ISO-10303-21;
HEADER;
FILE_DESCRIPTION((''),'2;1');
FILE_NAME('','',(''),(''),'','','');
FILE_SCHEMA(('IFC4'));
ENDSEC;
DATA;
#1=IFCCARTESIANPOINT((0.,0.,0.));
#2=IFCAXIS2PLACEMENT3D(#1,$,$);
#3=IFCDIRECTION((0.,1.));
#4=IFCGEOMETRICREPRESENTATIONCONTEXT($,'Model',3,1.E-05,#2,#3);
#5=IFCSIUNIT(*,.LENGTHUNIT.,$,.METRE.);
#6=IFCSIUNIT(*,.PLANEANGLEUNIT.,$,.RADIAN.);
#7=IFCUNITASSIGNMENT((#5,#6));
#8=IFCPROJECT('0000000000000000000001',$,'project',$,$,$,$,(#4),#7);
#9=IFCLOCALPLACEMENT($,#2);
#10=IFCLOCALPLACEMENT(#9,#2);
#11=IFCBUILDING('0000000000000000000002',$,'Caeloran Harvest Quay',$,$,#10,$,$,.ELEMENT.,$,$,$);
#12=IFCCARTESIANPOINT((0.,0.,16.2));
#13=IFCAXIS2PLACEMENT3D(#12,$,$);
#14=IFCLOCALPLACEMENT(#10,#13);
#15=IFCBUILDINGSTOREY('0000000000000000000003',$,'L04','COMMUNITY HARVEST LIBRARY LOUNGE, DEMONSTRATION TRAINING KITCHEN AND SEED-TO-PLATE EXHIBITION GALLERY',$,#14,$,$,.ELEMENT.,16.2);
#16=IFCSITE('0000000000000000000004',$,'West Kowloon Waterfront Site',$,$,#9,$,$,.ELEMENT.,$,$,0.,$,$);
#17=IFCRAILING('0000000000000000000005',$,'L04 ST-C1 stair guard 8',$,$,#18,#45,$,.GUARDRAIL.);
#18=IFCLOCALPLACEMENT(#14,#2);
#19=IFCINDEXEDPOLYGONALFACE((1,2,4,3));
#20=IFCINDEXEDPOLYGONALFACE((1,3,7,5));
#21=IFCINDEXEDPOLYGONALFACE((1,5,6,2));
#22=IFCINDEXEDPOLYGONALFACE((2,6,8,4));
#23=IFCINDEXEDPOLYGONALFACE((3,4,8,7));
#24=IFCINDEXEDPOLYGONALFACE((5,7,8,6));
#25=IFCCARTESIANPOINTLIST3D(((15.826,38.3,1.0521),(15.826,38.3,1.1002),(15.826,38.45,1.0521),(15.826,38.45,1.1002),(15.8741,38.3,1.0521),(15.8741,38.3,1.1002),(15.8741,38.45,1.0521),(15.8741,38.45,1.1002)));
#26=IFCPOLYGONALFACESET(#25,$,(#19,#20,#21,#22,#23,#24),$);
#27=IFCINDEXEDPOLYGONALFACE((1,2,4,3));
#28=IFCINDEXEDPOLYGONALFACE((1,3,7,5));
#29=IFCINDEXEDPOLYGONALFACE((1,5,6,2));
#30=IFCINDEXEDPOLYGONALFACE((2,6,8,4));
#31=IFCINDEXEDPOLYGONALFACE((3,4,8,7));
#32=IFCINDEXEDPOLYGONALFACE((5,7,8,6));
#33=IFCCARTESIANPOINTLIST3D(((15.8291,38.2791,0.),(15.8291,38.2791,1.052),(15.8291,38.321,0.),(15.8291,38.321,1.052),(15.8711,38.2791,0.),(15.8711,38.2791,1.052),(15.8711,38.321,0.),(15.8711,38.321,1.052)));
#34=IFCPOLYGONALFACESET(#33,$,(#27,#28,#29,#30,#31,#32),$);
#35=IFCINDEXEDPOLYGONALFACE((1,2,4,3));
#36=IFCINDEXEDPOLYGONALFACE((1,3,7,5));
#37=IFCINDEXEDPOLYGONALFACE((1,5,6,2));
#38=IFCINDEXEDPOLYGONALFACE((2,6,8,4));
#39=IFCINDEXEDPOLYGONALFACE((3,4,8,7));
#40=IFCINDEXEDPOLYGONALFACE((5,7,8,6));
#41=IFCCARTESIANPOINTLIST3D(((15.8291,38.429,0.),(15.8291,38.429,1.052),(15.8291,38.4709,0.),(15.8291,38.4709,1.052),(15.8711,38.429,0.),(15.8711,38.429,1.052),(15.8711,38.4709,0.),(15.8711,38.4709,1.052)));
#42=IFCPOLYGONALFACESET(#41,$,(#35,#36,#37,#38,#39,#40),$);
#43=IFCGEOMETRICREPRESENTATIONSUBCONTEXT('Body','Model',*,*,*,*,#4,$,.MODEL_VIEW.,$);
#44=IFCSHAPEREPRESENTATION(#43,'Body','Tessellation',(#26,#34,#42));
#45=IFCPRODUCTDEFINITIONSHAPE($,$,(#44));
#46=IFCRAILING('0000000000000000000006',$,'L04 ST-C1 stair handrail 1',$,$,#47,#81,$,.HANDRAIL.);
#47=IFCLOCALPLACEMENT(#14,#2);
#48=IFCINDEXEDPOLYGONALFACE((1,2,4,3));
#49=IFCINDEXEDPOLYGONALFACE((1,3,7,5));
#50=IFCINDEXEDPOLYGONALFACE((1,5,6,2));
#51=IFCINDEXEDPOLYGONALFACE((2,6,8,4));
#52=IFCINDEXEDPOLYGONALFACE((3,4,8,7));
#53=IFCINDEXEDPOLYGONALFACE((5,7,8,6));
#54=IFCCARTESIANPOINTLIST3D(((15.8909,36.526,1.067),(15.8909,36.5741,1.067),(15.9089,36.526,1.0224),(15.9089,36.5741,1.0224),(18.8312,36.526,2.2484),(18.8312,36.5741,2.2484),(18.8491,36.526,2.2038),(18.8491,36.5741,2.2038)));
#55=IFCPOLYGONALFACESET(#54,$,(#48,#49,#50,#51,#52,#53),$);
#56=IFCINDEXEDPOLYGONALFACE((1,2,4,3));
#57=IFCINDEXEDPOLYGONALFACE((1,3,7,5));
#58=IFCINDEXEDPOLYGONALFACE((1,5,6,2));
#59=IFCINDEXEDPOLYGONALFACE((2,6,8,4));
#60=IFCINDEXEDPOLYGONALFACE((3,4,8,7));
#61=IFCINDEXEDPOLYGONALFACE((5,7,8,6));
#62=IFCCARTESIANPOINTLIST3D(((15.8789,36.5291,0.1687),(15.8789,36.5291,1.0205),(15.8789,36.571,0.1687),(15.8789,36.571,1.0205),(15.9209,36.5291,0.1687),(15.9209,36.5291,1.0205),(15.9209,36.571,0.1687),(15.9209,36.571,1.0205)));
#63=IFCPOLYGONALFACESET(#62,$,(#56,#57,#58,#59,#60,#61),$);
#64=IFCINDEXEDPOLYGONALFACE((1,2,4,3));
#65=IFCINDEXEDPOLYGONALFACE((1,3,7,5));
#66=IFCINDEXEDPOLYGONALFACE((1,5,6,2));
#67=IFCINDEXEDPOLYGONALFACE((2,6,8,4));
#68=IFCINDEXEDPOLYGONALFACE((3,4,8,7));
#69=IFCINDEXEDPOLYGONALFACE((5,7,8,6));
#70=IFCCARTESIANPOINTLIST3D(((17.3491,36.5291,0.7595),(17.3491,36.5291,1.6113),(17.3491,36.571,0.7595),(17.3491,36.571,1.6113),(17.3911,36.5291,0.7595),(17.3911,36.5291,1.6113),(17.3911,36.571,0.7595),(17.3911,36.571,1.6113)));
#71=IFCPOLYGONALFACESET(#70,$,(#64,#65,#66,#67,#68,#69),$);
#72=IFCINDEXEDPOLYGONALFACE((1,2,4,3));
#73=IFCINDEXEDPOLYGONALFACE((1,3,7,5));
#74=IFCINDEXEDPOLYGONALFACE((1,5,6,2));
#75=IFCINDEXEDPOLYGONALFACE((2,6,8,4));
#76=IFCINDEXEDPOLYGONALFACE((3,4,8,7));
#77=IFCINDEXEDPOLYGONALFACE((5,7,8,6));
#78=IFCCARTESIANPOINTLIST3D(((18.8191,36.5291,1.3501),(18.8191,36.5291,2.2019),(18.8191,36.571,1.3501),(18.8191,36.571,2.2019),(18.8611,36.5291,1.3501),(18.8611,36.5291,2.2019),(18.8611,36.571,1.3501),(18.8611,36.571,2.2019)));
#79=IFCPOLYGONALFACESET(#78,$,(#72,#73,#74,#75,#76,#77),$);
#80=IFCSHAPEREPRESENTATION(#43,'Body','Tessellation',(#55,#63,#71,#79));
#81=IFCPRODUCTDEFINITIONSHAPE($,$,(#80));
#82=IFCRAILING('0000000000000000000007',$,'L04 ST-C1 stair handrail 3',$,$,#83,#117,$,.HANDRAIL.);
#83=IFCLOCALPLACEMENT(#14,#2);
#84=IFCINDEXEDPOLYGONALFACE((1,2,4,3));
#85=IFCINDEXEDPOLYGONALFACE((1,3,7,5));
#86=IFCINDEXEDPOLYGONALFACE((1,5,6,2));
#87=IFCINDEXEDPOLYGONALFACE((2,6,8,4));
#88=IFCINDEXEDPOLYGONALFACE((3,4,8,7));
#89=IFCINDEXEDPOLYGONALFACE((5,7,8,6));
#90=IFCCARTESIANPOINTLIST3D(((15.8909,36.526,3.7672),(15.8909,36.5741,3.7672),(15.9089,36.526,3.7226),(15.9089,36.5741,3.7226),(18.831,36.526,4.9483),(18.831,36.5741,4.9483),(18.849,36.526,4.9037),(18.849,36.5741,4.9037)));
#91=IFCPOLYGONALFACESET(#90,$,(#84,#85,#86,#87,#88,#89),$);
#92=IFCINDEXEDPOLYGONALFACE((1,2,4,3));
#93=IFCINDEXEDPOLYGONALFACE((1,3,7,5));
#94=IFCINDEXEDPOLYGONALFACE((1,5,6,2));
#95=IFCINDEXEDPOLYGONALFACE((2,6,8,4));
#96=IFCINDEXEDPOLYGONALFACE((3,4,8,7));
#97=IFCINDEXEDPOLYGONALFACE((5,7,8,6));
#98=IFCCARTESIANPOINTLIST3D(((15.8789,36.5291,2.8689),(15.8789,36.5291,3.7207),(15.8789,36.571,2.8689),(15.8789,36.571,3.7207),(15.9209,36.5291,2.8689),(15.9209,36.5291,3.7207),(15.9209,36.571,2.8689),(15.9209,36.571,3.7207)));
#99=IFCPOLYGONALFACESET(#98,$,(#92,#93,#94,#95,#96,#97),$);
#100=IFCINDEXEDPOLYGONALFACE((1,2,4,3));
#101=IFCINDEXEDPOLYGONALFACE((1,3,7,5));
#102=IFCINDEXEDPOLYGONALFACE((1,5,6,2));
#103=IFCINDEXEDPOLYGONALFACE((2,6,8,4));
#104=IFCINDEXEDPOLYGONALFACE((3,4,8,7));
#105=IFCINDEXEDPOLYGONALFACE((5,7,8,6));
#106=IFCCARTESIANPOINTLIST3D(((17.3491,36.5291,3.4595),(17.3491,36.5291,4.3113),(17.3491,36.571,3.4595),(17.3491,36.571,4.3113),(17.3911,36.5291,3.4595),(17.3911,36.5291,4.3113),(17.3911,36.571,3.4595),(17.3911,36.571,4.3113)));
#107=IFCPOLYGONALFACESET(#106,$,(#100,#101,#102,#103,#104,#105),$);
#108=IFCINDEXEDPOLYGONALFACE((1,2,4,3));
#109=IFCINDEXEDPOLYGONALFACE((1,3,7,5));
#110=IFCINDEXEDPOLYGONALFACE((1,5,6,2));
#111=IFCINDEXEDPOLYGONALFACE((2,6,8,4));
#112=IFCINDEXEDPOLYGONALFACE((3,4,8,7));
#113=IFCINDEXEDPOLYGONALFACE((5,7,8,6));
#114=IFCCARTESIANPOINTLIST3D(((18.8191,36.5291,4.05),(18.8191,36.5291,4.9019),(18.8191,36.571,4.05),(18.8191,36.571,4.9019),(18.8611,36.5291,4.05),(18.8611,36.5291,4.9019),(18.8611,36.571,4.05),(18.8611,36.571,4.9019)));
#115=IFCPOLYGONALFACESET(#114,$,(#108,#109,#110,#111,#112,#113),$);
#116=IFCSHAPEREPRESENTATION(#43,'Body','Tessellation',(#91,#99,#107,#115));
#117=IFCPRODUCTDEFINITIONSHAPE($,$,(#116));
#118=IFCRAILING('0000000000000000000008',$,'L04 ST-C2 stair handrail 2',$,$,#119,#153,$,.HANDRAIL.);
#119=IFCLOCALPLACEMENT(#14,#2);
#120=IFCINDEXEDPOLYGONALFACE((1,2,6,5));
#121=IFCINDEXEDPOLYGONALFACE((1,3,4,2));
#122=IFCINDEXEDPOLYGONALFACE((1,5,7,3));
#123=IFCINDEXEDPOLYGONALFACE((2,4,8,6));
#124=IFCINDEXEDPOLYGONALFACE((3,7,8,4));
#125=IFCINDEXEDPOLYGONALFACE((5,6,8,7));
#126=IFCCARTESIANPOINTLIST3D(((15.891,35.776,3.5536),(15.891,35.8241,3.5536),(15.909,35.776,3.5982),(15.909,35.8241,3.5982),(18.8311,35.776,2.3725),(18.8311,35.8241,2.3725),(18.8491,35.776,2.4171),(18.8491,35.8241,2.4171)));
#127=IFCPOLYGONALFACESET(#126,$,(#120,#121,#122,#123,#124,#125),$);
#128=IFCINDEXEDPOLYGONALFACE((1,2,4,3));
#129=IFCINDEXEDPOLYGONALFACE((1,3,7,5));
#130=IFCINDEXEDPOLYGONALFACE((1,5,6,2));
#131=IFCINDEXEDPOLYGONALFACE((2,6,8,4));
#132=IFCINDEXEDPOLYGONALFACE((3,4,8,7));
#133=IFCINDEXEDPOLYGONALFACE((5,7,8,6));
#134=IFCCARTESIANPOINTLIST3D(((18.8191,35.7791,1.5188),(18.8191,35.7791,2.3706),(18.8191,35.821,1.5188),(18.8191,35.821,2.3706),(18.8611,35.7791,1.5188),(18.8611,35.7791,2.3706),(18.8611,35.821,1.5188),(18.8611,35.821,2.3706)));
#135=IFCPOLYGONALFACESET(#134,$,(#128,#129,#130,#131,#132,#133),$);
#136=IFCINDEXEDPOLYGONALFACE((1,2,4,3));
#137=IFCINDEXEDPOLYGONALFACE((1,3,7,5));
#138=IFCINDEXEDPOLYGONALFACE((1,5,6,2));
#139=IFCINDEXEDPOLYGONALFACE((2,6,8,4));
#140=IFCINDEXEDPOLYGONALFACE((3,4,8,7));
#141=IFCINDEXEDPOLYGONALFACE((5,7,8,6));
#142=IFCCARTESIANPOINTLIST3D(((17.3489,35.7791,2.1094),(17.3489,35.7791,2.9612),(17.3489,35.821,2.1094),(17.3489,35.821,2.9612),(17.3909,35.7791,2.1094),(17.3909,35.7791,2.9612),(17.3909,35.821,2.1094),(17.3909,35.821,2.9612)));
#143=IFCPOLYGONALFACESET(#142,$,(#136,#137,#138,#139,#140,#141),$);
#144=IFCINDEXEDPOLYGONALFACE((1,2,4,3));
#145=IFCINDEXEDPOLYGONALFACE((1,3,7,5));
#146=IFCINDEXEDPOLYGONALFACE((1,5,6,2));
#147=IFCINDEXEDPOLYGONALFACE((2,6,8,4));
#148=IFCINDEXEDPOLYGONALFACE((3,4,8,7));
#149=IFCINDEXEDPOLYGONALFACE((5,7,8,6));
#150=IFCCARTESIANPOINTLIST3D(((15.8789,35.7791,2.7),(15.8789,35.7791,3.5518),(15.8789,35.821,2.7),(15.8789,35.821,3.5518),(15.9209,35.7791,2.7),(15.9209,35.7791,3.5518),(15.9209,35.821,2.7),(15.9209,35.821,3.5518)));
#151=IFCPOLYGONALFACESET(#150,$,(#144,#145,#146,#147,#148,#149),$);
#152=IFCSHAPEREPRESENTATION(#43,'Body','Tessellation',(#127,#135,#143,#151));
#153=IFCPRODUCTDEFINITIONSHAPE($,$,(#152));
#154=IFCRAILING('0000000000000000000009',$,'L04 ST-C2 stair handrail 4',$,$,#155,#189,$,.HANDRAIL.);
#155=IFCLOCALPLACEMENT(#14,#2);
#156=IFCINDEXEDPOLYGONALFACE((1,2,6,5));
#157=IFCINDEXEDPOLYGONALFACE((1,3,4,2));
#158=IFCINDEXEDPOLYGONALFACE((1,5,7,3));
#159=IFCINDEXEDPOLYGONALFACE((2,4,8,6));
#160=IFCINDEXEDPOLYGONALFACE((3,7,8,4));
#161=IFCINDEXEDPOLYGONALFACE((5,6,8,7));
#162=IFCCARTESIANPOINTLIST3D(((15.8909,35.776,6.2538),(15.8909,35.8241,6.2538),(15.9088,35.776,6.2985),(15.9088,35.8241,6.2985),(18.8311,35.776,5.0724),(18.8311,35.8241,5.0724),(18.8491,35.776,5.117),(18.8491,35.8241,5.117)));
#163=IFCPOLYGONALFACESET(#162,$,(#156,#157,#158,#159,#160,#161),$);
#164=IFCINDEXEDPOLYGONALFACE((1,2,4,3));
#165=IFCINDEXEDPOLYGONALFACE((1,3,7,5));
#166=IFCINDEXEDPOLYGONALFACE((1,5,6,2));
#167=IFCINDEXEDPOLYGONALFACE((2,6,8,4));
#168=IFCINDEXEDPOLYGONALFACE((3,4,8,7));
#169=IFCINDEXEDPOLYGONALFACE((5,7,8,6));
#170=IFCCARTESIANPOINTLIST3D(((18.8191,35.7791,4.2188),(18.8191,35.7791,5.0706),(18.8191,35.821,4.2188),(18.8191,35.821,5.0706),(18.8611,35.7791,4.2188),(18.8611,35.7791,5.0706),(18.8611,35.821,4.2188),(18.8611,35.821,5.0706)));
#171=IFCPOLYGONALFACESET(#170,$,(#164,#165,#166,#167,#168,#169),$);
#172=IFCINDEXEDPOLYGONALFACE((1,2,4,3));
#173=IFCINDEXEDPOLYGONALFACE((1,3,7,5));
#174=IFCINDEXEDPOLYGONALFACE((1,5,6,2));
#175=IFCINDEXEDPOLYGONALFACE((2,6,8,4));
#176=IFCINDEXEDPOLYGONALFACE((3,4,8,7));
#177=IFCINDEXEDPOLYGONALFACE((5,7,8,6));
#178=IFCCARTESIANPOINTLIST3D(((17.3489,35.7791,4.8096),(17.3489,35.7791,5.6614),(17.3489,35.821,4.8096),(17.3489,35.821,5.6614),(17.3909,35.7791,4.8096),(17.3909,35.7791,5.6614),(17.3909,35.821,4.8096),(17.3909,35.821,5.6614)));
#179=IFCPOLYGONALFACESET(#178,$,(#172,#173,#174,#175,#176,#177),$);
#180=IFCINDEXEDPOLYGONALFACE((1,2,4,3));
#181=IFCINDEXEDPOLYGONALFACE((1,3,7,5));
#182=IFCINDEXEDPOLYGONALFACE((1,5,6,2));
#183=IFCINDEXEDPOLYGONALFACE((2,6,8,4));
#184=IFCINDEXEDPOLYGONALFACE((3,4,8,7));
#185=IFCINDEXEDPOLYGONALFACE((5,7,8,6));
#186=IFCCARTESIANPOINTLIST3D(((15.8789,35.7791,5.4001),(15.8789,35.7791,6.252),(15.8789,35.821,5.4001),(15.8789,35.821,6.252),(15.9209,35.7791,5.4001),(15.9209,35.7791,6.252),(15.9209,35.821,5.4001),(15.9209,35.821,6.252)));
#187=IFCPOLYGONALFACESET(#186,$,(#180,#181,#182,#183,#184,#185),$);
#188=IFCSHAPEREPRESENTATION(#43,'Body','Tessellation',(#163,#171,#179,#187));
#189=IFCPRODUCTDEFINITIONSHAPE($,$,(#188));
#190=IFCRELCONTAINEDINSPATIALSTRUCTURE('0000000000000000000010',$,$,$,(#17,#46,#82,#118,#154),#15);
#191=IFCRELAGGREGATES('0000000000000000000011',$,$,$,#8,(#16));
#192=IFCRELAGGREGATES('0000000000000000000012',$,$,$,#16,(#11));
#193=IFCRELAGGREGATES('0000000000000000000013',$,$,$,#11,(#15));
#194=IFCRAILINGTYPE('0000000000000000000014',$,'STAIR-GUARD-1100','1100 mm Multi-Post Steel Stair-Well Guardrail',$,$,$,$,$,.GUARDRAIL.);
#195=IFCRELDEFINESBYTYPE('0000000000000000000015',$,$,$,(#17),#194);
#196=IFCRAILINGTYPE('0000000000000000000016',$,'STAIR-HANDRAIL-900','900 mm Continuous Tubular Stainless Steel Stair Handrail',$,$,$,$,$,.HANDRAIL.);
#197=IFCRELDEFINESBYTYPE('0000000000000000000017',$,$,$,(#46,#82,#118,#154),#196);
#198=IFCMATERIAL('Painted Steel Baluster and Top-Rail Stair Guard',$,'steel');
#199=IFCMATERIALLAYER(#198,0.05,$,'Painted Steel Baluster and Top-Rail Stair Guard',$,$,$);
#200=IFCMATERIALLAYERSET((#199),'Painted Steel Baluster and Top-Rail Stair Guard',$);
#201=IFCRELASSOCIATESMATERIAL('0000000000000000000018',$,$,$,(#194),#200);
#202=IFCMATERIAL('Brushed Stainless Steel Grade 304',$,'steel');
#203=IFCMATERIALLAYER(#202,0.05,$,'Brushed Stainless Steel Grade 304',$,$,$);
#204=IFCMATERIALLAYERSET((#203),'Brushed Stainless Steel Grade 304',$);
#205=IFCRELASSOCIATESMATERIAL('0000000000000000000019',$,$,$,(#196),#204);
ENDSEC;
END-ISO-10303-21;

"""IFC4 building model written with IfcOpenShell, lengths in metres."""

from ifc_helpers import new_model, si_unit, direction, frame, origin, origin_2d, place, context, subcontext, project, spatial, rectangle, extrude, material, layer, layer_set, type_object, element, save


model = new_model("IFC4")

# Units and contexts
model_context = context("Model", 3, precision=1e-05, world=origin(), true_north=direction((0.0, 1.0)))
body_context = subcontext(model_context, "Body", "Model", "MODEL_VIEW")
ifc_project = project(units=[si_unit("LENGTHUNIT", "METRE"), si_unit("PLANEANGLEUNIT", "RADIAN")], contexts=[model_context])

# Site, building, storey
site_placement = place(None, origin())
site = spatial("IfcSite", under=ifc_project, at=site_placement, Name="West Kowloon Waterfront Site", CompositionType="ELEMENT", RefElevation=0.0)
building_placement = place(site_placement, origin())
building = spatial("IfcBuilding", under=site, at=building_placement, Name="Caeloran Harvest Quay", CompositionType="ELEMENT")
storey_placement = place(building_placement, frame((0.0, 0.0, 16.2)))
storey = spatial("IfcBuildingStorey", under=building, at=storey_placement, Name="L04", Description="COMMUNITY HARVEST LIBRARY LOUNGE, DEMONSTRATION TRAINING KITCHEN AND SEED-TO-PLATE EXHIBITION GALLERY", CompositionType="ELEMENT", Elevation=16.2)

# Railings
ifc_material_1 = material(Name="Painted Steel Baluster and Top-Rail Stair Guard", Category="steel")
ifc_layer_1 = layer(ifc_material_1, 0.05, Name="Painted Steel Baluster and Top-Rail Stair Guard")
ifc_layer_set_1 = layer_set([ifc_layer_1], Name="Painted Steel Baluster and Top-Rail Stair Guard")
railing_type_1 = type_object("IfcRailingType", Name="STAIR-GUARD-1100", Description="1100 mm Multi-Post Steel Stair-Well Guardrail", PredefinedType="GUARDRAIL", material=ifc_layer_set_1)
railing_1_placement = place(storey_placement, frame((15.8501, 38.3, 0.0)))
element("IfcRailing", 1, at=railing_1_placement, inside=storey, type_object=railing_type_1, Name="L04 ST-C1 stair guard 8", PredefinedType="GUARDRAIL", context=body_context, shape_type="SweptSolid", body=[
    extrude(rectangle(XDim=0.0481, YDim=0.0481, at=origin_2d()), frame((0.0, 0.0, 1.0762), z_axis=(0.0, 1.0, 0.0), x_axis=(-1.0, 0.0, 0.0)), (0.0, 0.0, 1.0), 0.1499),
    extrude(rectangle(XDim=0.042, YDim=0.042, at=origin_2d()), origin(), (0.0, 0.0, 1.0), 1.052),
    extrude(rectangle(XDim=0.042, YDim=0.042, at=origin_2d()), frame((0.0, 0.1499, 0.0)), (0.0, 0.0, 1.0), 1.052),
])
ifc_material_2 = material(Name="Brushed Stainless Steel Grade 304", Category="steel")
ifc_layer_2 = layer(ifc_material_2, 0.05, Name="Brushed Stainless Steel Grade 304")
ifc_layer_set_2 = layer_set([ifc_layer_2], Name="Brushed Stainless Steel Grade 304")
railing_type_2 = type_object("IfcRailingType", Name="STAIR-HANDRAIL-900", Description="900 mm Continuous Tubular Stainless Steel Stair Handrail", PredefinedType="HANDRAIL", material=ifc_layer_set_2)
railing_2_placement = place(storey_placement, frame((15.8999, 36.55, 0.1687)))
element("IfcRailing", 2, at=railing_2_placement, inside=storey, type_object=railing_type_2, Name="L04 ST-C1 stair handrail 1", PredefinedType="HANDRAIL", context=body_context, shape_type="SweptSolid", body=[
    extrude(rectangle(XDim=0.0481, YDim=0.0481, at=origin_2d()), frame((0.0, 0.0, 0.876), z_axis=(0.927896, 0.0, 0.372838), x_axis=(0.0, 1.0, 0.0)), (0.0, 0.0, 1.0), 3.1687),
    extrude(rectangle(XDim=0.042, YDim=0.042, at=origin_2d()), origin(), (0.0, 0.0, 1.0), 0.8518),
    extrude(rectangle(XDim=0.042, YDim=0.042, at=origin_2d()), frame((1.4702, 0.0, 0.5908)), (0.0, 0.0, 1.0), 0.8518),
    extrude(rectangle(XDim=0.042, YDim=0.042, at=origin_2d()), frame((2.9402, 0.0, 1.1814)), (0.0, 0.0, 1.0), 0.8518),
])
railing_3_placement = place(storey_placement, frame((15.8999, 36.55, 2.8689)))
element("IfcRailing", 3, at=railing_3_placement, inside=storey, type_object=railing_type_2, Name="L04 ST-C1 stair handrail 3", PredefinedType="HANDRAIL", context=body_context, shape_type="SweptSolid", body=[
    extrude(rectangle(XDim=0.0481, YDim=0.0481, at=origin_2d()), frame((0.0, 0.0, 0.876), z_axis=(0.927923, 0.0, 0.372772), x_axis=(0.0, 1.0, 0.0)), (0.0, 0.0, 1.0), 3.1685),
    extrude(rectangle(XDim=0.042, YDim=0.042, at=origin_2d()), origin(), (0.0, 0.0, 1.0), 0.8518),
    extrude(rectangle(XDim=0.042, YDim=0.042, at=origin_2d()), frame((1.4702, 0.0, 0.5906)), (0.0, 0.0, 1.0), 0.8518),
    extrude(rectangle(XDim=0.042, YDim=0.042, at=origin_2d()), frame((2.9402, 0.0, 1.1812)), (0.0, 0.0, 1.0), 0.8518),
])
railing_4_placement = place(storey_placement, frame((18.8401, 35.8, 1.5188)))
element("IfcRailing", 4, at=railing_4_placement, inside=storey, type_object=railing_type_2, Name="L04 ST-C2 stair handrail 2", PredefinedType="HANDRAIL", context=body_context, shape_type="SweptSolid", body=[
    extrude(rectangle(XDim=0.0481, YDim=0.0481, at=origin_2d()), frame((0.0, 0.0, 0.876), z_axis=(-0.927923, 0.0, 0.372772), x_axis=(0.0, -1.0, 0.0)), (0.0, 0.0, 1.0), 3.1685),
    extrude(rectangle(XDim=0.042, YDim=0.042, at=origin_2d()), origin(), (0.0, 0.0, 1.0), 0.8518),
    extrude(rectangle(XDim=0.042, YDim=0.042, at=origin_2d()), frame((-1.4702, 0.0, 0.5906)), (0.0, 0.0, 1.0), 0.8518),
    extrude(rectangle(XDim=0.042, YDim=0.042, at=origin_2d()), frame((-2.9402, 0.0, 1.1812)), (0.0, 0.0, 1.0), 0.8518),
])
railing_5_placement = place(storey_placement, frame((18.8401, 35.8, 4.2188)))
element("IfcRailing", 5, at=railing_5_placement, inside=storey, type_object=railing_type_2, Name="L04 ST-C2 stair handrail 4", PredefinedType="HANDRAIL", context=body_context, shape_type="SweptSolid", body=[
    extrude(rectangle(XDim=0.0481, YDim=0.0481, at=origin_2d()), frame((0.0, 0.0, 0.876), z_axis=(-0.927896, 0.0, 0.372838), x_axis=(0.0, -1.0, 0.0)), (0.0, 0.0, 1.0), 3.1687),
    extrude(rectangle(XDim=0.042, YDim=0.042, at=origin_2d()), origin(), (0.0, 0.0, 1.0), 0.8518),
    extrude(rectangle(XDim=0.042, YDim=0.042, at=origin_2d()), frame((-1.4702, 0.0, 0.5908)), (0.0, 0.0, 1.0), 0.8518),
    extrude(rectangle(XDim=0.042, YDim=0.042, at=origin_2d()), frame((-2.9402, 0.0, 1.1814)), (0.0, 0.0, 1.0), 0.8518),
])

save(model, "model.ifc")
